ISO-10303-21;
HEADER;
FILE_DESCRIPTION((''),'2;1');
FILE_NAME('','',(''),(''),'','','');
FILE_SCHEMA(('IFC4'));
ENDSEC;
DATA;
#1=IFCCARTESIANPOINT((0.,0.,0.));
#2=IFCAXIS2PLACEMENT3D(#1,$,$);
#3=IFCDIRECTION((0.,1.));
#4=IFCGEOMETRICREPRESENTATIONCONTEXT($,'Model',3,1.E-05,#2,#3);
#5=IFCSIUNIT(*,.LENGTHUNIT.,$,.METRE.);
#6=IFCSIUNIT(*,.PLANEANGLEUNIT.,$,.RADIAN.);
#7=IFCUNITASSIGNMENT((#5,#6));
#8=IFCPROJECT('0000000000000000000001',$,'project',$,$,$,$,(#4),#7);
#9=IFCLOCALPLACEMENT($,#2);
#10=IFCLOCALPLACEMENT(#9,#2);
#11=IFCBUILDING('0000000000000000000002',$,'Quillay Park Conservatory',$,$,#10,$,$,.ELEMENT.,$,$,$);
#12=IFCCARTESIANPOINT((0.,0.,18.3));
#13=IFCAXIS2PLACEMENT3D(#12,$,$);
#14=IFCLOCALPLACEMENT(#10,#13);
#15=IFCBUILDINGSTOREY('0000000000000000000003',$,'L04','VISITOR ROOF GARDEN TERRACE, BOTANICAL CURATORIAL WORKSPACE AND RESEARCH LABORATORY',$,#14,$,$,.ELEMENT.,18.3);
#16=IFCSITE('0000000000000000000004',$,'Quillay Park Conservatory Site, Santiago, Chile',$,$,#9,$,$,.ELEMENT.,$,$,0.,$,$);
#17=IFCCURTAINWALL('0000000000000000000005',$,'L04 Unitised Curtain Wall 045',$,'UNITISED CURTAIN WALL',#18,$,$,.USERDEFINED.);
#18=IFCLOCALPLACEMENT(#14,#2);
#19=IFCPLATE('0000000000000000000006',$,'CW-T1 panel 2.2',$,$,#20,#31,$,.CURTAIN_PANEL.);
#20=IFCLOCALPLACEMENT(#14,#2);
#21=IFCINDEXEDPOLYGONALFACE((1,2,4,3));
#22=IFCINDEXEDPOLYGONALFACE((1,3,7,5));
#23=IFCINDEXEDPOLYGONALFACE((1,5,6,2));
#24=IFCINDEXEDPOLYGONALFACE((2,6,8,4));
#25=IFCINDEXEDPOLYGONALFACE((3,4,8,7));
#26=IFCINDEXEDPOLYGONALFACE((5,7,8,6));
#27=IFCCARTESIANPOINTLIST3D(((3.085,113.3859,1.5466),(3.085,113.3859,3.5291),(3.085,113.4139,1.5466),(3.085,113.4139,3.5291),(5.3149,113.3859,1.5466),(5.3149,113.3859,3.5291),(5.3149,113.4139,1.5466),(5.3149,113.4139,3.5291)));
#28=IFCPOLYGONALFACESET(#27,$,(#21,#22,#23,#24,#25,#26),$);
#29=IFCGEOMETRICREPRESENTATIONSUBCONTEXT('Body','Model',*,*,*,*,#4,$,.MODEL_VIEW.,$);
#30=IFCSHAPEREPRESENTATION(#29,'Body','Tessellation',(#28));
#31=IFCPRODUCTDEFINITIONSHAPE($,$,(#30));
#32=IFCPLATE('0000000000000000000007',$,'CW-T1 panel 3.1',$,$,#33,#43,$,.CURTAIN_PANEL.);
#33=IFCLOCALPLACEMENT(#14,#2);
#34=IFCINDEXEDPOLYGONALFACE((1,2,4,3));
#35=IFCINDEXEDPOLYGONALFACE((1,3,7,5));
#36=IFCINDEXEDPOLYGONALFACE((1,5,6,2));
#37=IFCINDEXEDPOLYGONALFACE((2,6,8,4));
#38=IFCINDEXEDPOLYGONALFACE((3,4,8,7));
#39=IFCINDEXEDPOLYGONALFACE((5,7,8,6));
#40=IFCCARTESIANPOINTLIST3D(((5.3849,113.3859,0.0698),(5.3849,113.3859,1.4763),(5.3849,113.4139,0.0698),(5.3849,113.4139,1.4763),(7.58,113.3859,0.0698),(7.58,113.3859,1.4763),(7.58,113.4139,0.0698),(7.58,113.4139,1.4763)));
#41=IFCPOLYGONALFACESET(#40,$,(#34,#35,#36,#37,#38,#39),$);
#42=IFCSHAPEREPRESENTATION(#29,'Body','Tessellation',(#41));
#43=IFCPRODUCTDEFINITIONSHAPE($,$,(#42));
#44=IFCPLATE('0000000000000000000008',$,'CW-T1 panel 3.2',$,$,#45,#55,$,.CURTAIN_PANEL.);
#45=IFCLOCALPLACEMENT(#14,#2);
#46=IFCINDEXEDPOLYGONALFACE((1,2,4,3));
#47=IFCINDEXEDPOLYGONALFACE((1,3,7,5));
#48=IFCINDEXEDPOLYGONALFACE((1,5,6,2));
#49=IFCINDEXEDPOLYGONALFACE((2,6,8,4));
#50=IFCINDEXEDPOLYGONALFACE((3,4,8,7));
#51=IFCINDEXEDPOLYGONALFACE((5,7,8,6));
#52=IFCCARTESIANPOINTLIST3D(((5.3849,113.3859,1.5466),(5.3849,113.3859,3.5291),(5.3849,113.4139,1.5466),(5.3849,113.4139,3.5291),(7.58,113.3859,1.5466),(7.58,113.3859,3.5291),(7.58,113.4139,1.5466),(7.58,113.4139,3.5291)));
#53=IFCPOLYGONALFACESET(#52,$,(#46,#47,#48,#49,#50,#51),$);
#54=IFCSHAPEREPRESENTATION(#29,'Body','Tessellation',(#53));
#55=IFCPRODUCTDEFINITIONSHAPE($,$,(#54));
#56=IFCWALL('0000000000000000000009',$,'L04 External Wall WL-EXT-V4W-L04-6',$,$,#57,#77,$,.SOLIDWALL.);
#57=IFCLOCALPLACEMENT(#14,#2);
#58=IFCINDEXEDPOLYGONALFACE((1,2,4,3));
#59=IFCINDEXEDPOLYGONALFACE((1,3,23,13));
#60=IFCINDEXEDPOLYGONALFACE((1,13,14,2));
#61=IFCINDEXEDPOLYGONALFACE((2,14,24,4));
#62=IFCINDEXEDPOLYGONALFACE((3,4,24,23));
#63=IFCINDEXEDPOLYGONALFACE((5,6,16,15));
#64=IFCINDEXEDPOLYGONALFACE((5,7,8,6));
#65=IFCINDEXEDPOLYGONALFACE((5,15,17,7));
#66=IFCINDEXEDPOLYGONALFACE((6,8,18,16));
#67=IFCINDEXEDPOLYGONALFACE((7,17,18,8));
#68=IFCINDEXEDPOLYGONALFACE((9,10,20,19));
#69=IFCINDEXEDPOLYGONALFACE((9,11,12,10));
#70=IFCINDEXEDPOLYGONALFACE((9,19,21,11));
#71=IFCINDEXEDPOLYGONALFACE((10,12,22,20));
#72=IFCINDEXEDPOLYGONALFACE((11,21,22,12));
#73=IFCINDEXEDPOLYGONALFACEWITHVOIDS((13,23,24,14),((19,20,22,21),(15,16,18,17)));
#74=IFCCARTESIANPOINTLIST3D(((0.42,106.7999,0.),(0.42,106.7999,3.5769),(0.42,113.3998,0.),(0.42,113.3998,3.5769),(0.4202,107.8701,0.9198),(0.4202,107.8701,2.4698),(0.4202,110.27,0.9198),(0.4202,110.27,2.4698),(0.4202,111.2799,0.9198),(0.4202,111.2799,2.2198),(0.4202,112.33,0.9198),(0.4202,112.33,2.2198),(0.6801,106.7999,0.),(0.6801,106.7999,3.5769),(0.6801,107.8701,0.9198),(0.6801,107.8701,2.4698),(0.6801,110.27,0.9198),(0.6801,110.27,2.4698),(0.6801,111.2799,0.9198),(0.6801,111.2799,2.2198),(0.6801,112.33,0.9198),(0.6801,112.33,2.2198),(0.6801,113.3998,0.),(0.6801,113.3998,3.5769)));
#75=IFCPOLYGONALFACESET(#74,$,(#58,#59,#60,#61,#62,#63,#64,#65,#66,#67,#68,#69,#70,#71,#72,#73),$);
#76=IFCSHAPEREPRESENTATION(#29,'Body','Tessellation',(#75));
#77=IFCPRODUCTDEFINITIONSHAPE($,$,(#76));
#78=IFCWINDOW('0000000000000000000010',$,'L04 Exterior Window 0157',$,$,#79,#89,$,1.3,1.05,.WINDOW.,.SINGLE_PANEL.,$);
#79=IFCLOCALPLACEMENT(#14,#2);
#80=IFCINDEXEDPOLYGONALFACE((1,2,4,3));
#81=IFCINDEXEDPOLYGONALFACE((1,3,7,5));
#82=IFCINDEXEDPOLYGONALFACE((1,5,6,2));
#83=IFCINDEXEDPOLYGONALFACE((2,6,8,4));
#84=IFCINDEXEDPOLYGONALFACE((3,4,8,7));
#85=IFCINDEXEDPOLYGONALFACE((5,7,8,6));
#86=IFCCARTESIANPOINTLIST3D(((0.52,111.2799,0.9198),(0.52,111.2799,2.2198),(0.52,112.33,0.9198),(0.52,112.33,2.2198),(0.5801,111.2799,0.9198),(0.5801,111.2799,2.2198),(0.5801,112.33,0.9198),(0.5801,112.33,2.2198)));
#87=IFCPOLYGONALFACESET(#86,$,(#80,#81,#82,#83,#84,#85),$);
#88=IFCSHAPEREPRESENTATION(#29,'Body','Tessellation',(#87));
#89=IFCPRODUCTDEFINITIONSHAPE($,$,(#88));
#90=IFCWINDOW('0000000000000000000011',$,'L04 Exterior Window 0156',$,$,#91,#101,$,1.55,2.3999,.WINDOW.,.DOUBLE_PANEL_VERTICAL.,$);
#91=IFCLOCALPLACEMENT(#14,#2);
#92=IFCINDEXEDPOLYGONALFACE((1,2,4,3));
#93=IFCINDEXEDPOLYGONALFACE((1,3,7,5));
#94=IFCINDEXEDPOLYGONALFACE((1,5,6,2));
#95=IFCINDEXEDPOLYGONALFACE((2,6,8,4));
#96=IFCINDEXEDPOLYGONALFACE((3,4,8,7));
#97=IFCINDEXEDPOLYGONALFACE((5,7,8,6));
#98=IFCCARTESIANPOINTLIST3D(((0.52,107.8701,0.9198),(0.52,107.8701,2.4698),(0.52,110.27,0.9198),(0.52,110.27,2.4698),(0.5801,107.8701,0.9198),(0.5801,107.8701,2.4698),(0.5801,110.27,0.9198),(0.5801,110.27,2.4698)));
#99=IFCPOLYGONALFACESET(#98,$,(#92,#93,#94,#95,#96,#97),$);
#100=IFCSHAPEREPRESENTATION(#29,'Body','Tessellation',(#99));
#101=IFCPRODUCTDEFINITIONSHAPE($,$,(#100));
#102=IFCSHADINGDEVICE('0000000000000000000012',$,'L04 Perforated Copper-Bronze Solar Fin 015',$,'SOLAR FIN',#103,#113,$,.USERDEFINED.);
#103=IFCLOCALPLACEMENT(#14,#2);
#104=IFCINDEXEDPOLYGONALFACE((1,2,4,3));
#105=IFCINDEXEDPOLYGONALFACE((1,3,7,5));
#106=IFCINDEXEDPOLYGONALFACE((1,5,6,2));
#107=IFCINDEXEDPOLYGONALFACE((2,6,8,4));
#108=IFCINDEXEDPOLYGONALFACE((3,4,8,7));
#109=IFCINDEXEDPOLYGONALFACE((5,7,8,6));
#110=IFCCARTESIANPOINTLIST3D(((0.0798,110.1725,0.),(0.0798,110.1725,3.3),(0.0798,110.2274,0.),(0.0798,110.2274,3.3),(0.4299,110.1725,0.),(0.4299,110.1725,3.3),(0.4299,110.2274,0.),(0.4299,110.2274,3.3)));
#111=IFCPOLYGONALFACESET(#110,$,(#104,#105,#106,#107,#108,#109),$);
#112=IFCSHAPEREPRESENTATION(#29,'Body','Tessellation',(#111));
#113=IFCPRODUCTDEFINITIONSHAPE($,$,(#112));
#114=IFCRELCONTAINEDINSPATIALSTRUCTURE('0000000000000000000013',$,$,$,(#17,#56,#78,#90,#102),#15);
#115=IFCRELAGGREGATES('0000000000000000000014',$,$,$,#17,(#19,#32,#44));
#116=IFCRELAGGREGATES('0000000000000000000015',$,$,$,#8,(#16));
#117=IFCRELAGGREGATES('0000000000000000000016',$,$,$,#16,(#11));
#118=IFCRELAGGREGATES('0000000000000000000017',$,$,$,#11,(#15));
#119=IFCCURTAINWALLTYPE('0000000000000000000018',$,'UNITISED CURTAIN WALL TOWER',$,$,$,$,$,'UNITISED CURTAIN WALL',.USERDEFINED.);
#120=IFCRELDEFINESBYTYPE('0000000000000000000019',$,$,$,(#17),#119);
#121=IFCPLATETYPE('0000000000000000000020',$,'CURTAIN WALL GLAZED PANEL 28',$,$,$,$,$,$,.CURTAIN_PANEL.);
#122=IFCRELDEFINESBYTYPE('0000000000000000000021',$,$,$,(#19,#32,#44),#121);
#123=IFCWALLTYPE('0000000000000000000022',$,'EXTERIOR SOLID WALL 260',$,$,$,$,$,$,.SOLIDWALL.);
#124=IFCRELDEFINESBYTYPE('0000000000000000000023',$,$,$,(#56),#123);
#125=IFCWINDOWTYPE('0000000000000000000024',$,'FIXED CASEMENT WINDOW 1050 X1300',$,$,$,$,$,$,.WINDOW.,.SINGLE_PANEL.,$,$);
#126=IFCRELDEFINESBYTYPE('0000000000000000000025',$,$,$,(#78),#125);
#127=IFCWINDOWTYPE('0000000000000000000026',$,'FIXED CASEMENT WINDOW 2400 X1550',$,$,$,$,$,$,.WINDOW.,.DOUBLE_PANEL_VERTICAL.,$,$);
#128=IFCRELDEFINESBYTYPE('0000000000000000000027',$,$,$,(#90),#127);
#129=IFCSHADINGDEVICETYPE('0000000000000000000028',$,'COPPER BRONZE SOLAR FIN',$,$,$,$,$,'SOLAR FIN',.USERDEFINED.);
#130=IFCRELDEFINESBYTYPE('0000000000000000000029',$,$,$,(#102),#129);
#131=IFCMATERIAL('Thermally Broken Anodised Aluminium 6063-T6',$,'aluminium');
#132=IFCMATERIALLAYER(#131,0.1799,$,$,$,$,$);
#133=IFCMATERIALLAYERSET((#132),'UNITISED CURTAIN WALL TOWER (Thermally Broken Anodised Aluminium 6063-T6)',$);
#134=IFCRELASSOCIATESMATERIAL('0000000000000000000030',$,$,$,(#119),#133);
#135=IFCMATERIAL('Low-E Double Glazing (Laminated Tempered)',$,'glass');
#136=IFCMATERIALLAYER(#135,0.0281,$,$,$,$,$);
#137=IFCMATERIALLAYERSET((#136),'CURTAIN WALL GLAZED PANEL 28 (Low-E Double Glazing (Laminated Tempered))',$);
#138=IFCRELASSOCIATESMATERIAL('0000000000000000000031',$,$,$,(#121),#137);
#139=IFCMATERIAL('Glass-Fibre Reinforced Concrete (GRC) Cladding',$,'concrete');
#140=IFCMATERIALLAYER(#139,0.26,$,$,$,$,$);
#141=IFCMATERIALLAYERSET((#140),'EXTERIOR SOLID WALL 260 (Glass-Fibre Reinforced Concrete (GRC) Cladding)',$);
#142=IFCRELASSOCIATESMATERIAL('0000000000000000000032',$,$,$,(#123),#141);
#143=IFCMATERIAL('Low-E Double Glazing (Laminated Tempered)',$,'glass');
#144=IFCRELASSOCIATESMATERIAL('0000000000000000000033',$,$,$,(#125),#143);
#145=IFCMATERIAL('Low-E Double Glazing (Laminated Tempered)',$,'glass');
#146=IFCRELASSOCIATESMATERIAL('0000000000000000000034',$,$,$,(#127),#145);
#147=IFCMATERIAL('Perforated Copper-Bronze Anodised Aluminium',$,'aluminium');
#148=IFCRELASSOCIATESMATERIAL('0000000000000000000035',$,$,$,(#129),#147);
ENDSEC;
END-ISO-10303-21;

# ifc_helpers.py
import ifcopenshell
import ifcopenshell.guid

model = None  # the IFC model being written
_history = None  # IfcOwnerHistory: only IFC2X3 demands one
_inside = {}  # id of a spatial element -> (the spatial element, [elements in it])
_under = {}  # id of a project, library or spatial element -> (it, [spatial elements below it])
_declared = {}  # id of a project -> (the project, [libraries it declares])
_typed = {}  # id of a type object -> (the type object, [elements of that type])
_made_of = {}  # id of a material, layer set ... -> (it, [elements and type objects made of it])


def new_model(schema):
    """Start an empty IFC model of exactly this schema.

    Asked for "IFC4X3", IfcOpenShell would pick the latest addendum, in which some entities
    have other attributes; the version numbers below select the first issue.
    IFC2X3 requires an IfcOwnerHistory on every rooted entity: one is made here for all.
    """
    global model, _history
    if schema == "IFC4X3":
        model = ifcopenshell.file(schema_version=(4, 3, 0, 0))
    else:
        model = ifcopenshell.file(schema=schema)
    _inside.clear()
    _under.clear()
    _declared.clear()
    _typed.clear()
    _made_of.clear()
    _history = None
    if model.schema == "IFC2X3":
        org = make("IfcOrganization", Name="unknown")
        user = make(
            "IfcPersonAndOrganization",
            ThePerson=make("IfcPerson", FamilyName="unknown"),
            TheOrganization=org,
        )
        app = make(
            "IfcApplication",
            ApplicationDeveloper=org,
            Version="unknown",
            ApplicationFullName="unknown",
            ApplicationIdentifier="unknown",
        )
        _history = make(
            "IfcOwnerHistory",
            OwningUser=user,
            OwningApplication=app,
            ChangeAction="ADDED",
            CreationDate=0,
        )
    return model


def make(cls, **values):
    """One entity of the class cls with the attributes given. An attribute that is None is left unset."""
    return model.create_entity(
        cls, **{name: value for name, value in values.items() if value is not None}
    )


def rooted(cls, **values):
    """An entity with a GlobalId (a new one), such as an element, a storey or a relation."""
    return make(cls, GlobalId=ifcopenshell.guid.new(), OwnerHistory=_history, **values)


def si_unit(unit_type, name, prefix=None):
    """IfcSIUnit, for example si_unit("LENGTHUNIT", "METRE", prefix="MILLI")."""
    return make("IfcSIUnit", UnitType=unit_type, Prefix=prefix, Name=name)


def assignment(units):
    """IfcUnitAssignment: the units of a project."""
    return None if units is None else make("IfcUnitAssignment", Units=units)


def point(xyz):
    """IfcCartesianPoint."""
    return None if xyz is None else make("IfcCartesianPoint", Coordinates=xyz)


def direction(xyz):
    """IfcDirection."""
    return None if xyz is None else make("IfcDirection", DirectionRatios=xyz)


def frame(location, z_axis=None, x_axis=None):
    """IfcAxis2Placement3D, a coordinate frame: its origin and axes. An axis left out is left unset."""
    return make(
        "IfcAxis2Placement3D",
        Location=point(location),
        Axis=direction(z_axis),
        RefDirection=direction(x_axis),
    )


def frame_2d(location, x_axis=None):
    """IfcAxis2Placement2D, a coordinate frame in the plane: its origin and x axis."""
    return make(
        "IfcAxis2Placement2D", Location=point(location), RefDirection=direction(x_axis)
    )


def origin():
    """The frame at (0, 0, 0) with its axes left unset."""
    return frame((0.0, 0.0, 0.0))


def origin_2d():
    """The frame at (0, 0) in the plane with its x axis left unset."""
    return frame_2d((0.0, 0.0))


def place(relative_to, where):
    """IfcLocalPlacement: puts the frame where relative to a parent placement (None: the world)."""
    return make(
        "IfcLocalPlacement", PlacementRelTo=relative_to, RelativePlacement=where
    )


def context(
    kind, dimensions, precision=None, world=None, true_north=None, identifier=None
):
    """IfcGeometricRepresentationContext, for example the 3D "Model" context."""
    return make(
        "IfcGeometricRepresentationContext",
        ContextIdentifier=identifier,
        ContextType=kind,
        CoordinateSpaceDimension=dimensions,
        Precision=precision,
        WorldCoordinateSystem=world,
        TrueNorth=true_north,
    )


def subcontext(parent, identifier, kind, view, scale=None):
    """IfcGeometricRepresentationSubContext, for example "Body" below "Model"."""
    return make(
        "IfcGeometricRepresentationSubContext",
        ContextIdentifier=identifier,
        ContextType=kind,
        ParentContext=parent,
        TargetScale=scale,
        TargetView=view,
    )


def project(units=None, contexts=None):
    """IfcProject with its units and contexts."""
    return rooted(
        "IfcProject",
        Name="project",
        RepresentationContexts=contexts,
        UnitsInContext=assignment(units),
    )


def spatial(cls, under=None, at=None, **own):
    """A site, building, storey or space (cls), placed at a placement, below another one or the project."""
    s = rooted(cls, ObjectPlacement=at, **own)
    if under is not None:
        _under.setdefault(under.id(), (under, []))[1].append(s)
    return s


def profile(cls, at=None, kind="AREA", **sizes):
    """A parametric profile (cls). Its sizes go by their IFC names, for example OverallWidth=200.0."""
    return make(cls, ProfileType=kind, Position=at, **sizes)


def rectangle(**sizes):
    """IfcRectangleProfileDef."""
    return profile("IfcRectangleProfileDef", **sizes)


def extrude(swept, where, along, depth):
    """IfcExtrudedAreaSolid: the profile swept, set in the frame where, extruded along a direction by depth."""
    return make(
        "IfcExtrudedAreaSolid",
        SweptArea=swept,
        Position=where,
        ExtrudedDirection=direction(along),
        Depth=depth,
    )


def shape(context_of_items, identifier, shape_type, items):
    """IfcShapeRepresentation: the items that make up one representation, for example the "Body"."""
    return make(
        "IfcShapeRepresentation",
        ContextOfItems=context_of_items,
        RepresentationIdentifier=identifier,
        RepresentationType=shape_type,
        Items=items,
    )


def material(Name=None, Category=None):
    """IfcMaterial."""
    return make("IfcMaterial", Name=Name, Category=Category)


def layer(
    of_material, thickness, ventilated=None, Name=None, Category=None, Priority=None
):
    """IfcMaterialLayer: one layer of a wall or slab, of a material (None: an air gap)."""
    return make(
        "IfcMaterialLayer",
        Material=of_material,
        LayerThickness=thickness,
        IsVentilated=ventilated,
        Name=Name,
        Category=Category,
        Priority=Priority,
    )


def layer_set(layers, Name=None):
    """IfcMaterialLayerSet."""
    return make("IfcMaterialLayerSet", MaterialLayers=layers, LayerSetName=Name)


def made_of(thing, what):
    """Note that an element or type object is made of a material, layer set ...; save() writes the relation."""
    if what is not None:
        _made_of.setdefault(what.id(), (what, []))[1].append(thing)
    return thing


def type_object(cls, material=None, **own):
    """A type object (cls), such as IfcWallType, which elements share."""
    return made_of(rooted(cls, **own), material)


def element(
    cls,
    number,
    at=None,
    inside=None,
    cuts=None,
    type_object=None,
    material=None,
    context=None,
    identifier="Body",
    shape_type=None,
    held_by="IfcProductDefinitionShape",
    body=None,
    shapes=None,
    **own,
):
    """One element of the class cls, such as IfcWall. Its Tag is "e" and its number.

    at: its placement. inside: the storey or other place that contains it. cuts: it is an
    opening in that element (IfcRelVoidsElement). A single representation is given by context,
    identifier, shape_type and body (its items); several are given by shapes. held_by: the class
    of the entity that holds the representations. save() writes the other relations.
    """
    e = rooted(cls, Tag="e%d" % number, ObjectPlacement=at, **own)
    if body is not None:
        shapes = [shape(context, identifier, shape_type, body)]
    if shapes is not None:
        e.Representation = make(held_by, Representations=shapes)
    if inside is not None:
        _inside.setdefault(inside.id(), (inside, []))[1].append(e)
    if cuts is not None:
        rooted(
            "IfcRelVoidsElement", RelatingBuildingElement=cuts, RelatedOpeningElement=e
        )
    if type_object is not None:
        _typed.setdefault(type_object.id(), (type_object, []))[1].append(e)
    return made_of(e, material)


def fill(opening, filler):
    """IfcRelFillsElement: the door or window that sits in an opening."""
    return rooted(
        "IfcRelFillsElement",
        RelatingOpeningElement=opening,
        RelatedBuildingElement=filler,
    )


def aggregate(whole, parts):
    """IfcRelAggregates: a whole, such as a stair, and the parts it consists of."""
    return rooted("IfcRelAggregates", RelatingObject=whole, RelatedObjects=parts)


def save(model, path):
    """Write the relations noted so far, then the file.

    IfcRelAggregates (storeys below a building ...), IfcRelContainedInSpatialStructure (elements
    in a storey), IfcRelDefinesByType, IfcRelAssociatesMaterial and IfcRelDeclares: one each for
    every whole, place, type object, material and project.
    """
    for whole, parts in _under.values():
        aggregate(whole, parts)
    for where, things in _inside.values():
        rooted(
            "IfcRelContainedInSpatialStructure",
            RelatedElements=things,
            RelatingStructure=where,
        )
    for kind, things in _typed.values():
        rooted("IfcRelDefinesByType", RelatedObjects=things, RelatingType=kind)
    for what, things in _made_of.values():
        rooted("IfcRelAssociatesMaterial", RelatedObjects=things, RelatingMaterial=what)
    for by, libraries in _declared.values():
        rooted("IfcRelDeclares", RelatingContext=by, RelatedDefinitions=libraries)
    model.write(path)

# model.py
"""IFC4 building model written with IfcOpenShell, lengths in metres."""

from ifc_helpers import new_model, si_unit, direction, frame, frame_2d, origin, origin_2d, place, context, subcontext, project, spatial, rectangle, extrude, material, layer, layer_set, type_object, element, fill, aggregate, save


model = new_model("IFC4")

# Units and contexts
model_context = context("Model", 3, precision=1e-05, world=origin(), true_north=direction((0.0, 1.0)))
body_context = subcontext(model_context, "Body", "Model", "MODEL_VIEW")
ifc_project = project(units=[si_unit("LENGTHUNIT", "METRE"), si_unit("PLANEANGLEUNIT", "RADIAN")], contexts=[model_context])

# Site, building, storey
site_placement = place(None, origin())
site = spatial("IfcSite", under=ifc_project, at=site_placement, Name="Quillay Park Conservatory Site, Santiago, Chile", CompositionType="ELEMENT", RefElevation=0.0)
building_placement = place(site_placement, origin())
building = spatial("IfcBuilding", under=site, at=building_placement, Name="Quillay Park Conservatory", CompositionType="ELEMENT")
storey_placement = place(building_placement, frame((0.0, 0.0, 18.3)))
storey = spatial("IfcBuildingStorey", under=building, at=storey_placement, Name="L04", Description="VISITOR ROOF GARDEN TERRACE, BOTANICAL CURATORIAL WORKSPACE AND RESEARCH LABORATORY", CompositionType="ELEMENT", Elevation=18.3)

# Curtain wall
ifc_material_1 = material(Name="Thermally Broken Anodised Aluminium 6063-T6", Category="aluminium")
ifc_layer_1 = layer(ifc_material_1, 0.1799)
ifc_layer_set_1 = layer_set([ifc_layer_1], Name="UNITISED CURTAIN WALL TOWER (Thermally Broken Anodised Aluminium 6063-T6)")
curtain_wall_type = type_object("IfcCurtainWallType", Name="UNITISED CURTAIN WALL TOWER", ElementType="UNITISED CURTAIN WALL", PredefinedType="USERDEFINED", material=ifc_layer_set_1)
curtain_wall_placement = place(storey_placement, origin())
curtain_wall = element("IfcCurtainWall", 1, at=curtain_wall_placement, inside=storey, type_object=curtain_wall_type, Name="L04 Unitised Curtain Wall 045", ObjectType="UNITISED CURTAIN WALL", PredefinedType="USERDEFINED")

# Plates
ifc_material_2 = material(Name="Low-E Double Glazing (Laminated Tempered)", Category="glass")
ifc_layer_2 = layer(ifc_material_2, 0.0281)
ifc_layer_set_2 = layer_set([ifc_layer_2], Name="CURTAIN WALL GLAZED PANEL 28 (Low-E Double Glazing (Laminated Tempered))")
plate_type = type_object("IfcPlateType", Name="CURTAIN WALL GLAZED PANEL 28", PredefinedType="CURTAIN_PANEL", material=ifc_layer_set_2)
plate_1_placement = place(storey_placement, frame((4.2, 113.3999, 1.5466), z_axis=(0.0, 0.0, 1.0), x_axis=(1.0, 0.0, 0.0)))
plate_1 = element("IfcPlate", 2, at=plate_1_placement, type_object=plate_type, Name="CW-T1 panel 2.2", PredefinedType="CURTAIN_PANEL", context=body_context, shape_type="SweptSolid", body=[
    extrude(rectangle(XDim=2.23, YDim=0.0281, at=origin_2d()), origin(), (0.0, 0.0, 1.0), 1.9824),
])
plate_2_placement = place(storey_placement, frame((6.4824, 113.3999, 0.0698), z_axis=(0.0, 0.0, 1.0), x_axis=(1.0, 0.0, 0.0)))
plate_2 = element("IfcPlate", 3, at=plate_2_placement, type_object=plate_type, Name="CW-T1 panel 3.1", PredefinedType="CURTAIN_PANEL", context=body_context, shape_type="SweptSolid", body=[
    extrude(rectangle(XDim=2.1951, YDim=0.0281, at=origin_2d()), origin(), (0.0, 0.0, 1.0), 1.4065),
])
plate_3_placement = place(storey_placement, frame((6.4824, 113.3999, 1.5466), z_axis=(0.0, 0.0, 1.0), x_axis=(1.0, 0.0, 0.0)))
plate_3 = element("IfcPlate", 4, at=plate_3_placement, type_object=plate_type, Name="CW-T1 panel 3.2", PredefinedType="CURTAIN_PANEL", context=body_context, shape_type="SweptSolid", body=[
    extrude(rectangle(XDim=2.1951, YDim=0.0281, at=origin_2d()), origin(), (0.0, 0.0, 1.0), 1.9824),
])
aggregate(curtain_wall, [plate_1, plate_2, plate_3])

# Wall, openings, windows
ifc_material_3 = material(Name="Glass-Fibre Reinforced Concrete (GRC) Cladding", Category="concrete")
ifc_layer_3 = layer(ifc_material_3, 0.26)
ifc_layer_set_3 = layer_set([ifc_layer_3], Name="EXTERIOR SOLID WALL 260 (Glass-Fibre Reinforced Concrete (GRC) Cladding)")
wall_type = type_object("IfcWallType", Name="EXTERIOR SOLID WALL 260", PredefinedType="SOLIDWALL", material=ifc_layer_set_3)
wall_placement = place(storey_placement, frame((0.55, 106.8, 0.0), z_axis=(0.0, 0.0, 1.0), x_axis=(0.0, 1.0, 0.0)))
wall = element("IfcWall", 5, at=wall_placement, inside=storey, type_object=wall_type, Name="L04 External Wall WL-EXT-V4W-L04-6", PredefinedType="SOLIDWALL", context=body_context, shape_type="SweptSolid", body=[
    extrude(rectangle(XDim=6.5999, YDim=0.26, at=frame_2d((3.2998, 0.0))), origin(), (0.0, 0.0, 1.0), 3.5769),
])
opening_1_placement = place(wall_placement, frame((1.0701, 0.0, 0.9199)))
opening_1 = element("IfcOpeningElement", 6, at=opening_1_placement, cuts=wall, PredefinedType="OPENING", context=body_context, shape_type="SweptSolid", body=[
    extrude(rectangle(XDim=2.3999, YDim=1.55, at=frame_2d((1.2, 0.7749))), frame((0.0, 0.1299, 0.0), z_axis=(0.0, -1.0, 0.0), x_axis=(1.0, 0.0, 0.0)), (0.0, 0.0, 1.0), 0.26),
])
opening_2_placement = place(wall_placement, frame((4.48, 0.0, 0.9199)))
opening_2 = element("IfcOpeningElement", 7, at=opening_2_placement, cuts=wall, PredefinedType="OPENING", context=body_context, shape_type="SweptSolid", body=[
    extrude(rectangle(XDim=1.05, YDim=1.3, at=frame_2d((0.5249, 0.6499))), frame((0.0, 0.1299, 0.0), z_axis=(0.0, -1.0, 0.0), x_axis=(1.0, 0.0, 0.0)), (0.0, 0.0, 1.0), 0.26),
])
ifc_material_4 = material(Name="Low-E Double Glazing (Laminated Tempered)", Category="glass")
window_type_1 = type_object("IfcWindowType", Name="FIXED CASEMENT WINDOW 1050 X1300", PartitioningType="SINGLE_PANEL", PredefinedType="WINDOW", material=ifc_material_4)
window_1_placement = place(opening_2_placement, origin())
window_1 = element("IfcWindow", 8, at=window_1_placement, inside=storey, type_object=window_type_1, Name="L04 Exterior Window 0157", OverallHeight=1.3, OverallWidth=1.05, PartitioningType="SINGLE_PANEL", PredefinedType="WINDOW", context=body_context, shape_type="SweptSolid", body=[
    extrude(rectangle(XDim=1.05, YDim=1.3, at=frame_2d((0.5249, 0.6499))), frame((0.0, 0.03, 0.0), z_axis=(0.0, -1.0, 0.0), x_axis=(1.0, 0.0, 0.0)), (0.0, 0.0, 1.0), 0.0601),
])
fill(opening_2, window_1)
ifc_material_5 = material(Name="Low-E Double Glazing (Laminated Tempered)", Category="glass")
window_type_2 = type_object("IfcWindowType", Name="FIXED CASEMENT WINDOW 2400 X1550", PartitioningType="DOUBLE_PANEL_VERTICAL", PredefinedType="WINDOW", material=ifc_material_5)
window_2_placement = place(opening_1_placement, origin())
window_2 = element("IfcWindow", 9, at=window_2_placement, inside=storey, type_object=window_type_2, Name="L04 Exterior Window 0156", OverallHeight=1.55, OverallWidth=2.3999, PartitioningType="DOUBLE_PANEL_VERTICAL", PredefinedType="WINDOW", context=body_context, shape_type="SweptSolid", body=[
    extrude(rectangle(XDim=2.3999, YDim=1.55, at=frame_2d((1.2, 0.7749))), frame((0.0, 0.03, 0.0), z_axis=(0.0, -1.0, 0.0), x_axis=(1.0, 0.0, 0.0)), (0.0, 0.0, 1.0), 0.0601),
])
fill(opening_1, window_2)

# Shading device
ifc_material_6 = material(Name="Perforated Copper-Bronze Anodised Aluminium", Category="aluminium")
shading_device_type = type_object("IfcShadingDeviceType", Name="COPPER BRONZE SOLAR FIN", ElementType="SOLAR FIN", PredefinedType="USERDEFINED", material=ifc_material_6)
shading_device_placement = place(storey_placement, frame((0.2549, 110.2, 0.0), z_axis=(0.0, 0.0, 1.0), x_axis=(1.0, 0.0, 0.0)))
element("IfcShadingDevice", 10, at=shading_device_placement, inside=storey, type_object=shading_device_type, Name="L04 Perforated Copper-Bronze Solar Fin 015", ObjectType="SOLAR FIN", PredefinedType="USERDEFINED", context=body_context, shape_type="SweptSolid", body=[
    extrude(rectangle(XDim=0.3501, YDim=0.0549, at=origin_2d()), origin(), (0.0, 0.0, 1.0), 3.3),
])

save(model, "model.ifc")
